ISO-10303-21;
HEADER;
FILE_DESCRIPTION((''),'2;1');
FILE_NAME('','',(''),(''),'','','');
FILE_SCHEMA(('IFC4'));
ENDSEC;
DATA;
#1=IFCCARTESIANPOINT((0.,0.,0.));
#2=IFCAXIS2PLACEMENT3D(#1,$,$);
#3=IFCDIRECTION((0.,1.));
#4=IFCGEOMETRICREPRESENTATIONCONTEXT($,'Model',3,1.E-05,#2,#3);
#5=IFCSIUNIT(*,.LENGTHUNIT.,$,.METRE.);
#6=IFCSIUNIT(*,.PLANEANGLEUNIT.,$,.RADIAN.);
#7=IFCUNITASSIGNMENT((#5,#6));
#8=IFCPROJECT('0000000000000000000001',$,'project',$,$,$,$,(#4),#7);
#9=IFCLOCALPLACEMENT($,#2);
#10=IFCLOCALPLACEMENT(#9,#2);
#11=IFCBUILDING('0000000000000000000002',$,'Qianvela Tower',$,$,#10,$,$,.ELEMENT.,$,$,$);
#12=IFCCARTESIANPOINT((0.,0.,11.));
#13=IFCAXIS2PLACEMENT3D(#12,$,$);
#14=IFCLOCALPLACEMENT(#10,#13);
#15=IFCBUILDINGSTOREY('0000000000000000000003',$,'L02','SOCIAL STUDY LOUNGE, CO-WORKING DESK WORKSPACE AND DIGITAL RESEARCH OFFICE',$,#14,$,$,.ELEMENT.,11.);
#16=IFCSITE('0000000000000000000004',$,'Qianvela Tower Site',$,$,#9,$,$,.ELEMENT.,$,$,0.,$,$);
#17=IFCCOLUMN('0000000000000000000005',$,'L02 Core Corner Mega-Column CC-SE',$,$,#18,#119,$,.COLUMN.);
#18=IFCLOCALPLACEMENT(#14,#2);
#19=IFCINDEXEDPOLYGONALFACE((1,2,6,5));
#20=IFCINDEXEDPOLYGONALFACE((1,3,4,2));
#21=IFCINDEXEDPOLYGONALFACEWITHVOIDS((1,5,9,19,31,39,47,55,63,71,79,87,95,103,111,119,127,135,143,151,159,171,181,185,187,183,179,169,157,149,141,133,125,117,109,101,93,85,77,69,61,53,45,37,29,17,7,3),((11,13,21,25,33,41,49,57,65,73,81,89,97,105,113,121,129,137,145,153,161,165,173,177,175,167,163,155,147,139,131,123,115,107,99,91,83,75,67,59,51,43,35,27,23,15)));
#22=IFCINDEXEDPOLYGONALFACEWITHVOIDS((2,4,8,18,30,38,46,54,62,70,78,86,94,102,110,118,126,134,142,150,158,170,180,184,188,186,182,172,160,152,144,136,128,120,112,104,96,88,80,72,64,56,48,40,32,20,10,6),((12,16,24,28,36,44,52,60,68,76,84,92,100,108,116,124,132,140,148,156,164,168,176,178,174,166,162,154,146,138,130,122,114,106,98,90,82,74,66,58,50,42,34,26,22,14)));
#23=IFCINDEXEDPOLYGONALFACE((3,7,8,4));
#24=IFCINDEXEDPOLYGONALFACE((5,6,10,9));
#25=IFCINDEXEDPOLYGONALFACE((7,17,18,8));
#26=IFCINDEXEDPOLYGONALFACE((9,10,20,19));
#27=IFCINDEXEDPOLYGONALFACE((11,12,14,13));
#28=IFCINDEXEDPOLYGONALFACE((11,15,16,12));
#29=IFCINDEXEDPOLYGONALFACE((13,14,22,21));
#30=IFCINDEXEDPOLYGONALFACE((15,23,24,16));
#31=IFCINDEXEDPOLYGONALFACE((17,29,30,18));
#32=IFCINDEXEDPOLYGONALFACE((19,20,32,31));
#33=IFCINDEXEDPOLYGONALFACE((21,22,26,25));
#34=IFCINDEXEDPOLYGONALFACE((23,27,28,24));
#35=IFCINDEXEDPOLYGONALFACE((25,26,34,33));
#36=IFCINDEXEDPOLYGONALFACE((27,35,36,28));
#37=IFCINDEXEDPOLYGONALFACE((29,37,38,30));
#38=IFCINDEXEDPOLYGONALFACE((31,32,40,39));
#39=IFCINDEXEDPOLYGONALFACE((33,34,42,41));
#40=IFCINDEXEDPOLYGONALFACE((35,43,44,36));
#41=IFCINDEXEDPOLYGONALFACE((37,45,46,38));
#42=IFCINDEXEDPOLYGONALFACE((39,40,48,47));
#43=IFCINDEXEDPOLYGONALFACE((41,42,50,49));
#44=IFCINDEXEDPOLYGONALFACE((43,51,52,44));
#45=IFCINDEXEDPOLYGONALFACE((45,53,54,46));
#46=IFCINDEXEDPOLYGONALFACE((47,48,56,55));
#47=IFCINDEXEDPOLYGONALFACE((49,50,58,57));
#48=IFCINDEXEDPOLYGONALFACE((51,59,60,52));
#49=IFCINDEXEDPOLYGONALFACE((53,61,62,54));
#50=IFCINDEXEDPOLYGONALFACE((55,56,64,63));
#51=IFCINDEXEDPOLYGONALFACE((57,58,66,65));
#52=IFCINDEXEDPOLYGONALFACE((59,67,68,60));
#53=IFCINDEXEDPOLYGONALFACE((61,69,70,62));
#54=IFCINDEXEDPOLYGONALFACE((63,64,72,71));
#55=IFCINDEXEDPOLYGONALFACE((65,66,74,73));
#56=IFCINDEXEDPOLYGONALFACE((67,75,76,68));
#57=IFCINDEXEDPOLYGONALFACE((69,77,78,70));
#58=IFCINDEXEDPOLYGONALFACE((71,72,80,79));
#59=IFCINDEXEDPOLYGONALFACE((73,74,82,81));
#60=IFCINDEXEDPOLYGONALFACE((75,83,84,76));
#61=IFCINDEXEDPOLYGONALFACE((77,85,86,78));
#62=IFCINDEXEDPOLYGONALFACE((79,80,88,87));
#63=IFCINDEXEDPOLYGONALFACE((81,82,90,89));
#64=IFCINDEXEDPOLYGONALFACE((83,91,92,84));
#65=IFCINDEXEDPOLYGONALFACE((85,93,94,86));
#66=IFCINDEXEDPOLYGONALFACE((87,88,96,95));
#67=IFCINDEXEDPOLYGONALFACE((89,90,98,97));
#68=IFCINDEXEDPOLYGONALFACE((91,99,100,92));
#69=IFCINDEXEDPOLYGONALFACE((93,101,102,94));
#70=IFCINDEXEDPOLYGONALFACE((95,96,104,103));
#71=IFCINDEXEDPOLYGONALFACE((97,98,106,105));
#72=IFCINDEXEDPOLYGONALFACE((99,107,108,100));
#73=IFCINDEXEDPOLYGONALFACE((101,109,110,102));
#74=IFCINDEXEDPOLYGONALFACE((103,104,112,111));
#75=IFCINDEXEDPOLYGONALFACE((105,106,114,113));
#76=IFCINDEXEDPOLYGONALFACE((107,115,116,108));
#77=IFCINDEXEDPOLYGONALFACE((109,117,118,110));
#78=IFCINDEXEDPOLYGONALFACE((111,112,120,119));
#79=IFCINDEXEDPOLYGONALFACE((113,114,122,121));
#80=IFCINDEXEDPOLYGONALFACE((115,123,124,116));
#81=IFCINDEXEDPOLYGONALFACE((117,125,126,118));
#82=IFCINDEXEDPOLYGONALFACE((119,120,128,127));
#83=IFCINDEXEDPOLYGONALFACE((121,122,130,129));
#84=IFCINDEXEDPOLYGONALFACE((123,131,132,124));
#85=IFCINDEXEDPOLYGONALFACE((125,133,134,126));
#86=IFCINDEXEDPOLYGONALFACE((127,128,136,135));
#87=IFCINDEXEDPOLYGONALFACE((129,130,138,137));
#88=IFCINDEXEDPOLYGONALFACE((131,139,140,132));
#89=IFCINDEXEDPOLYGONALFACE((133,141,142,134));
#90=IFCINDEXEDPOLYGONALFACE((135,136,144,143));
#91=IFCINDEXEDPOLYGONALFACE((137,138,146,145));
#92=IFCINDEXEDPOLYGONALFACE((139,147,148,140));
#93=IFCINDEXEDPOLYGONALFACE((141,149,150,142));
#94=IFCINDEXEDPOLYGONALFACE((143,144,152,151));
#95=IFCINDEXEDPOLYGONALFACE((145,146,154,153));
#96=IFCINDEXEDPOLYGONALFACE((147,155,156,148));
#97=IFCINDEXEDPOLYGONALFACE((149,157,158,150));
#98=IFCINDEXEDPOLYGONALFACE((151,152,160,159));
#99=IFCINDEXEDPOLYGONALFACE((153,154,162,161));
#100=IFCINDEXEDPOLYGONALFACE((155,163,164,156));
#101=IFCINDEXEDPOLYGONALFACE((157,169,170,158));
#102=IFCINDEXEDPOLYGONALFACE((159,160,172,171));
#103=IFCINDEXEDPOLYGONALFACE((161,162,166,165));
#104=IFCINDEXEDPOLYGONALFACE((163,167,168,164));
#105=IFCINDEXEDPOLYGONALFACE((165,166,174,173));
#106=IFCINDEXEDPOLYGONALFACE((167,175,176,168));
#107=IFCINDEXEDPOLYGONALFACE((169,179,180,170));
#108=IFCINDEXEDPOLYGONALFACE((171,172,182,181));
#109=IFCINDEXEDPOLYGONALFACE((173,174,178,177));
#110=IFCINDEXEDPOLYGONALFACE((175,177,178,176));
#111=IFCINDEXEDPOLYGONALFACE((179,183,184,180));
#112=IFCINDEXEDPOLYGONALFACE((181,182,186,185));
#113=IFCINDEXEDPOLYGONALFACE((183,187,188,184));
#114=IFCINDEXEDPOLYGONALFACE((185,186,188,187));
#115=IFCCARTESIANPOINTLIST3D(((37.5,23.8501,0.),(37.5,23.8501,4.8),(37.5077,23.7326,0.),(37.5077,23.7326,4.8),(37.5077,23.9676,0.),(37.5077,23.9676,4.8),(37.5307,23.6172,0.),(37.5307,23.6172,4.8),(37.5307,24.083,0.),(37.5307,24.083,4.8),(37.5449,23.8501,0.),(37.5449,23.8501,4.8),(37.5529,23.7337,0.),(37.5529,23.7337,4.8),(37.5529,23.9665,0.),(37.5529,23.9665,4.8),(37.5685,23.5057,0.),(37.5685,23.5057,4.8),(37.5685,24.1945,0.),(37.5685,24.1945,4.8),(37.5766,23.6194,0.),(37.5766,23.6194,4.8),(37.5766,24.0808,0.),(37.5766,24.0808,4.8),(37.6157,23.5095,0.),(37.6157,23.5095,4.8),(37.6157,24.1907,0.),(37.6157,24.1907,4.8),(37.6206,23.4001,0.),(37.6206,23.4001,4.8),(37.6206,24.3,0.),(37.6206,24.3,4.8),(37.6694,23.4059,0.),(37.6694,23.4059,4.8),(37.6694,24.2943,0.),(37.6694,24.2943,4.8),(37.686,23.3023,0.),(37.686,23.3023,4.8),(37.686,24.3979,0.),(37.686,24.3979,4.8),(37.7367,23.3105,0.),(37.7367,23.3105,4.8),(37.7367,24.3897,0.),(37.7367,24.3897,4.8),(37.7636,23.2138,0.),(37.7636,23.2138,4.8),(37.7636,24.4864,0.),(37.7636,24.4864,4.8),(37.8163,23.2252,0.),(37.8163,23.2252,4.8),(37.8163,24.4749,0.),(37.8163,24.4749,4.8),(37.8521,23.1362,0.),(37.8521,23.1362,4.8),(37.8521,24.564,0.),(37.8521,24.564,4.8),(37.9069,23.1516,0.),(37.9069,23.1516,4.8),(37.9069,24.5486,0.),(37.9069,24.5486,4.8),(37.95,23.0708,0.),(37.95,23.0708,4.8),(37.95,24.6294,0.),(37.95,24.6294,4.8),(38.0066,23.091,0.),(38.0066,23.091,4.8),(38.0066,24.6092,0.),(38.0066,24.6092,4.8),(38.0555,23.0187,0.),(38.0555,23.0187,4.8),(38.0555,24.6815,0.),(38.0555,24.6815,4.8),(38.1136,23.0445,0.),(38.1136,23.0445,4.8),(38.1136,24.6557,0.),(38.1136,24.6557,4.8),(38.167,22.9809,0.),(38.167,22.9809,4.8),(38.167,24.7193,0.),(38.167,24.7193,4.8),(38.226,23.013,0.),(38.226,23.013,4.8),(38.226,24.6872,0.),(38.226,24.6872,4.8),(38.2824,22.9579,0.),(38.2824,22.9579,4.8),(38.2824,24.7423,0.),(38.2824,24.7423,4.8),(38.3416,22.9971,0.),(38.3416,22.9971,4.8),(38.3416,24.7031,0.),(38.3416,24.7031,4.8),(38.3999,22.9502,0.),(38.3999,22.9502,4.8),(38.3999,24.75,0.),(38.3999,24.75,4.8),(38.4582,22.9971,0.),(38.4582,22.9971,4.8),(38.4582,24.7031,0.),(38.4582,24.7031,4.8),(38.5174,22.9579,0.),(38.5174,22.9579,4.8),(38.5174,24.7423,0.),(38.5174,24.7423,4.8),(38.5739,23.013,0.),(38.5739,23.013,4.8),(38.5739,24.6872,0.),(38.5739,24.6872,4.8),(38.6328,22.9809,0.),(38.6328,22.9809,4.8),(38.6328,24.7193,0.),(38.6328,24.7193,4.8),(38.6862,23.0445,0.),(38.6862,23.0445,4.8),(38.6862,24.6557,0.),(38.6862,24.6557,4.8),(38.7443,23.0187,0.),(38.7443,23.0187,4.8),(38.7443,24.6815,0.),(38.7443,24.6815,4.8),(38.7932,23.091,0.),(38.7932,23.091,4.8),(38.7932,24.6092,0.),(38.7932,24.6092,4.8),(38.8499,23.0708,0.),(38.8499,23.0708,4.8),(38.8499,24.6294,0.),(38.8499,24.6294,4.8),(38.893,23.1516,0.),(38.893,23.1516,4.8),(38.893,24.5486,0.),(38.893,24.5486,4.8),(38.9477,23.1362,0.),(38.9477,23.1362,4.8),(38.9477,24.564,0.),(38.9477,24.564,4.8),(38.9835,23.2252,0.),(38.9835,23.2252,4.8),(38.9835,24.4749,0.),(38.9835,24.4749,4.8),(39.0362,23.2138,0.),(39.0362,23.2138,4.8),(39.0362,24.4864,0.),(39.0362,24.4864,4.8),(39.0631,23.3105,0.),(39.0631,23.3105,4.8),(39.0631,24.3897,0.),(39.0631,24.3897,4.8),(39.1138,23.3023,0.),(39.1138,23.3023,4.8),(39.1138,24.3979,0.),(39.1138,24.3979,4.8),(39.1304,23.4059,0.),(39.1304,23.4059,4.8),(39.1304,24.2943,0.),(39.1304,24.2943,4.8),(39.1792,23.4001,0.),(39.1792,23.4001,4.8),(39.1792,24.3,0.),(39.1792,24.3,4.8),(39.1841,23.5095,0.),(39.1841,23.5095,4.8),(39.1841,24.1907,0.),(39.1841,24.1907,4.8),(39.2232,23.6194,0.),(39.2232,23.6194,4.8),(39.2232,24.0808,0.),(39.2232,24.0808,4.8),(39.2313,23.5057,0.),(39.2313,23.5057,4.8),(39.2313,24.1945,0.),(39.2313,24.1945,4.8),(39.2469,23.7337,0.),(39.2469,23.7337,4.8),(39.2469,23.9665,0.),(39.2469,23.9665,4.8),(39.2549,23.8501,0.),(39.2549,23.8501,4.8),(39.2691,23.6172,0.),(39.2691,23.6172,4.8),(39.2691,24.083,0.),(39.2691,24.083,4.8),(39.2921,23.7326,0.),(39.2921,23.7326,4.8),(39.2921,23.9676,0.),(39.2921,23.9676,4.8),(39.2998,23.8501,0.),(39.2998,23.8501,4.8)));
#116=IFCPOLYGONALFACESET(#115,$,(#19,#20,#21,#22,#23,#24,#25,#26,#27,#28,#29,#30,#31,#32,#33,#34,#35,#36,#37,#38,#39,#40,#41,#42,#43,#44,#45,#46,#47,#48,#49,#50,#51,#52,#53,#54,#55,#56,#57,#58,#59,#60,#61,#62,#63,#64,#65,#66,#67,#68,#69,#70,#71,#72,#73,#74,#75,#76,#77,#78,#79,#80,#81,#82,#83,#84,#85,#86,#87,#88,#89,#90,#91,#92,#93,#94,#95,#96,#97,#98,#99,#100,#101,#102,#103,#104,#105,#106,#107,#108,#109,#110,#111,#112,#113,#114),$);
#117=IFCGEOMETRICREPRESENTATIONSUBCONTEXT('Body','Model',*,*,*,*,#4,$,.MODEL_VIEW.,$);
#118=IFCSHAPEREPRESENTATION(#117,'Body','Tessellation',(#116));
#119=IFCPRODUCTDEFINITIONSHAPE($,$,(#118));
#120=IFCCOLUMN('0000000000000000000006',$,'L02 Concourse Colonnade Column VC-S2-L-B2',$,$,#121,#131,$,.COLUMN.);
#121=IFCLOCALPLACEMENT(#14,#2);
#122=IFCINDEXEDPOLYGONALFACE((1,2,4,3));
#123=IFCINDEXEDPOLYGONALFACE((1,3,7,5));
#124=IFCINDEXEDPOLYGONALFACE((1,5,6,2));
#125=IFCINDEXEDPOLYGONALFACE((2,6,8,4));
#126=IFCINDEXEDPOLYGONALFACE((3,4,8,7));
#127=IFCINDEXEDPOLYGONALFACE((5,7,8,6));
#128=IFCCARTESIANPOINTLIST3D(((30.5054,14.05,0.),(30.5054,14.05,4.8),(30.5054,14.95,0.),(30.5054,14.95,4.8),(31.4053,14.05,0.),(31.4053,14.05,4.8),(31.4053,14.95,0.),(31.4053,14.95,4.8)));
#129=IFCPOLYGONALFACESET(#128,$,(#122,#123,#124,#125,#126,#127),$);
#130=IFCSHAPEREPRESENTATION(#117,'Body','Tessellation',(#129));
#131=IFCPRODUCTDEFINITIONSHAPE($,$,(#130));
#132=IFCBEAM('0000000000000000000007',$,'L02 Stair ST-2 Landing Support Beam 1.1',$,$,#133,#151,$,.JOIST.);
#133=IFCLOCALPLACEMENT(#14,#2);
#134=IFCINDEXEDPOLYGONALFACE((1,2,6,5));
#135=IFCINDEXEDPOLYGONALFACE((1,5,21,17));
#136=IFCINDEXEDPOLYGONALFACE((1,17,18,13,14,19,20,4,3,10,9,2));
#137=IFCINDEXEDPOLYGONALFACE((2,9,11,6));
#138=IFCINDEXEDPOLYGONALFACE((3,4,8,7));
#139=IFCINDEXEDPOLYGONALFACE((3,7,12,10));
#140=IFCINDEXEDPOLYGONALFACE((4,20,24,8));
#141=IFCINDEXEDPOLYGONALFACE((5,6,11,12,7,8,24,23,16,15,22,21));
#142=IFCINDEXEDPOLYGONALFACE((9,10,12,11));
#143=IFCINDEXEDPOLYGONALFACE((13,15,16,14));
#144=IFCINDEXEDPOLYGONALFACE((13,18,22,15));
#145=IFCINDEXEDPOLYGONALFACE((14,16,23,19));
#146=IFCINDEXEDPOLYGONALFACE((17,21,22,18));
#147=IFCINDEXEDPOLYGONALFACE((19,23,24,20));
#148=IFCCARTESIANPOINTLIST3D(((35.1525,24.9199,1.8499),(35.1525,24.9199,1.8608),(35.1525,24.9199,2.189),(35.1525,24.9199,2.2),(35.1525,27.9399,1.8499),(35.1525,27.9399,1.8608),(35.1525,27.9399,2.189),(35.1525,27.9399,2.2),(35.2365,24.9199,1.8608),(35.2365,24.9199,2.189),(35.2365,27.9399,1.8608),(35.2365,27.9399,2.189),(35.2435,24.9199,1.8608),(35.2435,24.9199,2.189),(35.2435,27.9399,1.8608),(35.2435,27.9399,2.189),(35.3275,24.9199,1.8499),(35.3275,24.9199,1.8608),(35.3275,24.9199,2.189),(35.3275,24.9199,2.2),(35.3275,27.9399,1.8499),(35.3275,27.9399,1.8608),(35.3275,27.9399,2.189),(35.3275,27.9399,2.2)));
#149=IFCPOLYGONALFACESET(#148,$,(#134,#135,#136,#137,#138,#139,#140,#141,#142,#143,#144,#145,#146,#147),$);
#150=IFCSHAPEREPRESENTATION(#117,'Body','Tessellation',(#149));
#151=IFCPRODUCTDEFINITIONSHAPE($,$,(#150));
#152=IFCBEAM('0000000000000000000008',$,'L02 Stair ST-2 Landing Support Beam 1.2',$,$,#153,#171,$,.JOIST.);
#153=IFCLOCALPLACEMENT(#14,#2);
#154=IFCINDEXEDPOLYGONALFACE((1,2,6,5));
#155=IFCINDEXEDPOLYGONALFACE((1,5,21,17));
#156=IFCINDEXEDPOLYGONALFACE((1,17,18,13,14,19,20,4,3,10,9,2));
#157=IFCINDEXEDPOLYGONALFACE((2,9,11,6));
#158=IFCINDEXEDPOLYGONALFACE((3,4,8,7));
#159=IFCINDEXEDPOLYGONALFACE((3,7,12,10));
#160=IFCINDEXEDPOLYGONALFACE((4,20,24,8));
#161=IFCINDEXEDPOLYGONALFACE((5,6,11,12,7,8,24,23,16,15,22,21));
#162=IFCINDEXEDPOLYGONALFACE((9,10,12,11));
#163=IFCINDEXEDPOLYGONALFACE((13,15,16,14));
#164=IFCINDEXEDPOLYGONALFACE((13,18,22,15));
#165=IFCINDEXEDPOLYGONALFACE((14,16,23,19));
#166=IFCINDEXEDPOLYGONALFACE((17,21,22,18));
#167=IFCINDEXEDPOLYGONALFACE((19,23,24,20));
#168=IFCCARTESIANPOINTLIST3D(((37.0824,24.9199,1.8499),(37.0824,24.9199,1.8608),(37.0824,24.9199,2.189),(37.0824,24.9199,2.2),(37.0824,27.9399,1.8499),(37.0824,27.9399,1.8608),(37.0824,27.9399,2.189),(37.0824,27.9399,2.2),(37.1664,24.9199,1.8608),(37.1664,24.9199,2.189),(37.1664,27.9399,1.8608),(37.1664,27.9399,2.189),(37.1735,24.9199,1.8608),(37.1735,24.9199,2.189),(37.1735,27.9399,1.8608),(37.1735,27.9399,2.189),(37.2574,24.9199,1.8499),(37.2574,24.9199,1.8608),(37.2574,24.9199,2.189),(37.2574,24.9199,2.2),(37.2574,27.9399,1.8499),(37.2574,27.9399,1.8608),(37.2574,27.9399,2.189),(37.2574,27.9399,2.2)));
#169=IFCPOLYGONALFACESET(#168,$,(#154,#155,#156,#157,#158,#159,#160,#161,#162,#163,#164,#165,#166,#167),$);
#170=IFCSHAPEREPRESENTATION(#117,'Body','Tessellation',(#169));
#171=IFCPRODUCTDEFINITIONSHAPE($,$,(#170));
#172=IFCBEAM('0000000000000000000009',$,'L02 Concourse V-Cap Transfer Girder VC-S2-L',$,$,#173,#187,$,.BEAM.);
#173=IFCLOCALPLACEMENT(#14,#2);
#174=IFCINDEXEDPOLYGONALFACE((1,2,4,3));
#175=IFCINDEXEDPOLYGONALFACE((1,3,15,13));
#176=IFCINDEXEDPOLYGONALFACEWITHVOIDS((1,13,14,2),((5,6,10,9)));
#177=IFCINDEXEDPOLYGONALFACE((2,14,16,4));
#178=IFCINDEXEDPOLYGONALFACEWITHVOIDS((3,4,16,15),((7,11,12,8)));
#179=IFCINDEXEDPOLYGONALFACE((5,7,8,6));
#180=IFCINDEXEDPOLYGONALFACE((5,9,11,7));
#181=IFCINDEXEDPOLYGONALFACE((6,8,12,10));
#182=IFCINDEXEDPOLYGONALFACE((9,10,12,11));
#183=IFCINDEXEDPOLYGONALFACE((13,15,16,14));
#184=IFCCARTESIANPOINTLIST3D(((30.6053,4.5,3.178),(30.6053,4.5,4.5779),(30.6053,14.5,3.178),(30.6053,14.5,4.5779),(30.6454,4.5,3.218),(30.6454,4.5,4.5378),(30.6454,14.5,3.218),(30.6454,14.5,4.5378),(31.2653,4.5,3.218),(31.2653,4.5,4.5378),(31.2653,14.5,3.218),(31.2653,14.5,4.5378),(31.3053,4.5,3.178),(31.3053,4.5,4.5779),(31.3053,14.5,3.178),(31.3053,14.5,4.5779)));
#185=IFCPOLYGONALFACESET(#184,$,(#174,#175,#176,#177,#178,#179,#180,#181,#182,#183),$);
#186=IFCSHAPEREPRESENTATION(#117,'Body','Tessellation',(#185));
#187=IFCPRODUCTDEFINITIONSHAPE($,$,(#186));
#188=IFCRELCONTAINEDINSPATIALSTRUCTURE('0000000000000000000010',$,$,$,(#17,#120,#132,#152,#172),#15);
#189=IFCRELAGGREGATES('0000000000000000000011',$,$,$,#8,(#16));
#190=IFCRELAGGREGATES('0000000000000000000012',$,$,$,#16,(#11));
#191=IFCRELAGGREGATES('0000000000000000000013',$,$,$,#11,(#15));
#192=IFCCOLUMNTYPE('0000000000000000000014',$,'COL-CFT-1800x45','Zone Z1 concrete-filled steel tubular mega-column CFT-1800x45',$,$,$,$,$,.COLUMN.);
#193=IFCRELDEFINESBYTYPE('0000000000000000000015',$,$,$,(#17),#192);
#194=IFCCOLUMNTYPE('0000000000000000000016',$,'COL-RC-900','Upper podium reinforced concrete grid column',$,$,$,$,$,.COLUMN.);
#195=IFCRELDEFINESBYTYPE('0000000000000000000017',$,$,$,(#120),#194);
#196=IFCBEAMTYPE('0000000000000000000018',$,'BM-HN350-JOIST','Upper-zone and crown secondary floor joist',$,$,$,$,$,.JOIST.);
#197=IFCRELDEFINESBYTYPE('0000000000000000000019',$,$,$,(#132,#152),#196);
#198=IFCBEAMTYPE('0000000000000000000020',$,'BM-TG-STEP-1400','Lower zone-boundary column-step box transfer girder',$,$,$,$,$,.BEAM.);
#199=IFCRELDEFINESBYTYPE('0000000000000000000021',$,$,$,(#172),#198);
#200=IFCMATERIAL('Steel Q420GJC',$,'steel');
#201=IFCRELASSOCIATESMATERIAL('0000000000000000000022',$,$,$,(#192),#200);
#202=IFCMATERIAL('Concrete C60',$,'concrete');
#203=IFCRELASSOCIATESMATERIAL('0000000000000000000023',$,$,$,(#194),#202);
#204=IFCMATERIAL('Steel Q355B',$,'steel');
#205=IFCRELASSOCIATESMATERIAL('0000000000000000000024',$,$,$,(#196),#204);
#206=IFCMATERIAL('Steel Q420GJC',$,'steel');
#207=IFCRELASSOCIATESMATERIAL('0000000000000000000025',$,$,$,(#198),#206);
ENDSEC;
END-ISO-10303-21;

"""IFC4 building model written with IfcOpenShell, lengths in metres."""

from ifc_helpers import new_model, si_unit, direction, frame, origin, origin_2d, place, context, subcontext, project, spatial, rectangle, hollow_rectangle, hollow_circle, i_section, extrude, material, material_profile, profile_set, type_object, element, save


model = new_model("IFC4")

# Units and contexts
model_context = context("Model", 3, precision=1e-05, world=origin(), true_north=direction((0.0, 1.0)))
body_context = subcontext(model_context, "Body", "Model", "MODEL_VIEW")
ifc_project = project(units=[si_unit("LENGTHUNIT", "METRE"), si_unit("PLANEANGLEUNIT", "RADIAN")], contexts=[model_context])

# Site, building, storey
site_placement = place(None, origin())
site = spatial("IfcSite", under=ifc_project, at=site_placement, Name="Qianvela Tower Site", CompositionType="ELEMENT", RefElevation=0.0)
building_placement = place(site_placement, origin())
building = spatial("IfcBuilding", under=site, at=building_placement, Name="Qianvela Tower", CompositionType="ELEMENT")
storey_placement = place(building_placement, frame((0.0, 0.0, 11.0)))
storey = spatial("IfcBuildingStorey", under=building, at=storey_placement, Name="L02", Description="SOCIAL STUDY LOUNGE, CO-WORKING DESK WORKSPACE AND DIGITAL RESEARCH OFFICE", CompositionType="ELEMENT", Elevation=11.0)

# Columns
ifc_material_1 = material(Name="Steel Q420GJC", Category="steel")
ifc_material_profile_1 = material_profile(ifc_material_1, hollow_circle(Radius=0.8999, WallThickness=0.0449, at=origin_2d()), Name="CFT-1800x45")
ifc_profile_set_1 = profile_set([ifc_material_profile_1], Name="Steel Q420GJC")
column_type_1 = type_object("IfcColumnType", Name="COL-CFT-1800x45", Description="Zone Z1 concrete-filled steel tubular mega-column CFT-1800x45", PredefinedType="COLUMN", material=ifc_profile_set_1)
column_1_placement = place(storey_placement, frame((38.3999, 23.8501, 0.0), z_axis=(0.0, 0.0, 1.0), x_axis=(1.0, 0.0, 0.0)))
element("IfcColumn", 1, at=column_1_placement, inside=storey, type_object=column_type_1, Name="L02 Core Corner Mega-Column CC-SE", PredefinedType="COLUMN", context=body_context, shape_type="SweptSolid", body=[
    extrude(hollow_circle(Radius=0.8999, WallThickness=0.0449, at=origin_2d()), origin(), (0.0, 0.0, 1.0), 4.8),
])
ifc_material_2 = material(Name="Concrete C60", Category="concrete")
ifc_material_profile_2 = material_profile(ifc_material_2, rectangle(XDim=0.8999, YDim=0.8999, at=origin_2d()), Name="RC-COL-900x900")
ifc_profile_set_2 = profile_set([ifc_material_profile_2], Name="Concrete C60")
column_type_2 = type_object("IfcColumnType", Name="COL-RC-900", Description="Upper podium reinforced concrete grid column", PredefinedType="COLUMN", material=ifc_profile_set_2)
column_2_placement = place(storey_placement, frame((30.9553, 14.5, 0.0), z_axis=(0.0, 0.0, 1.0), x_axis=(1.0, 0.0, 0.0)))
element("IfcColumn", 2, at=column_2_placement, inside=storey, type_object=column_type_2, Name="L02 Concourse Colonnade Column VC-S2-L-B2", PredefinedType="COLUMN", context=body_context, shape_type="SweptSolid", body=[
    extrude(rectangle(XDim=0.8999, YDim=0.8999, at=origin_2d()), origin(), (0.0, 0.0, 1.0), 4.8),
])

# Beams
ifc_material_3 = material(Name="Steel Q355B", Category="steel")
ifc_material_profile_3 = material_profile(ifc_material_3, i_section(OverallWidth=0.175, OverallDepth=0.3501, WebThickness=0.0071, FlangeThickness=0.011, at=origin_2d()), Name="HN350x175x7x11")
ifc_profile_set_3 = profile_set([ifc_material_profile_3], Name="Steel Q355B")
beam_type_1 = type_object("IfcBeamType", Name="BM-HN350-JOIST", Description="Upper-zone and crown secondary floor joist", PredefinedType="JOIST", material=ifc_profile_set_3)
for number, where, z_axis, x_axis, name in (
    (3, (35.24, 24.9199, 2.0249), (0.0, 1.0, 0.0), (-1.0, 0.0, 0.0), "L02 Stair ST-2 Landing Support Beam 1.1"),
    (4, (37.1699, 24.9199, 2.0249), (0.0, 1.0, 0.0), (-1.0, 0.0, 0.0), "L02 Stair ST-2 Landing Support Beam 1.2"),
):
    element("IfcBeam", number, at=place(storey_placement, frame(where, z_axis=z_axis, x_axis=x_axis)), inside=storey, type_object=beam_type_1, Name=name, PredefinedType="JOIST", context=body_context, shape_type="SweptSolid", body=[
        extrude(i_section(OverallWidth=0.175, OverallDepth=0.3501, WebThickness=0.0071, FlangeThickness=0.011, at=origin_2d()), origin(), (0.0, 0.0, 1.0), 3.02),
    ])
ifc_material_4 = material(Name="Steel Q420GJC", Category="steel")
ifc_material_profile_4 = material_profile(ifc_material_4, hollow_rectangle(XDim=0.7, YDim=1.3999, WallThickness=0.04, at=origin_2d()), Name="TG-BOX-1400x700x40")
ifc_profile_set_4 = profile_set([ifc_material_profile_4], Name="Steel Q420GJC")
beam_type_2 = type_object("IfcBeamType", Name="BM-TG-STEP-1400", Description="Lower zone-boundary column-step box transfer girder", PredefinedType="BEAM", material=ifc_profile_set_4)
beam_placement = place(storey_placement, frame((30.9553, 14.5, 3.8779), z_axis=(0.0, -1.0, 0.0), x_axis=(1.0, 0.0, 0.0)))
element("IfcBeam", 5, at=beam_placement, inside=storey, type_object=beam_type_2, Name="L02 Concourse V-Cap Transfer Girder VC-S2-L", PredefinedType="BEAM", context=body_context, shape_type="SweptSolid", body=[
    extrude(hollow_rectangle(XDim=0.7, YDim=1.3999, WallThickness=0.04, at=origin_2d()), origin(), (0.0, 0.0, 1.0), 10.0),
])

save(model, "model.ifc")
